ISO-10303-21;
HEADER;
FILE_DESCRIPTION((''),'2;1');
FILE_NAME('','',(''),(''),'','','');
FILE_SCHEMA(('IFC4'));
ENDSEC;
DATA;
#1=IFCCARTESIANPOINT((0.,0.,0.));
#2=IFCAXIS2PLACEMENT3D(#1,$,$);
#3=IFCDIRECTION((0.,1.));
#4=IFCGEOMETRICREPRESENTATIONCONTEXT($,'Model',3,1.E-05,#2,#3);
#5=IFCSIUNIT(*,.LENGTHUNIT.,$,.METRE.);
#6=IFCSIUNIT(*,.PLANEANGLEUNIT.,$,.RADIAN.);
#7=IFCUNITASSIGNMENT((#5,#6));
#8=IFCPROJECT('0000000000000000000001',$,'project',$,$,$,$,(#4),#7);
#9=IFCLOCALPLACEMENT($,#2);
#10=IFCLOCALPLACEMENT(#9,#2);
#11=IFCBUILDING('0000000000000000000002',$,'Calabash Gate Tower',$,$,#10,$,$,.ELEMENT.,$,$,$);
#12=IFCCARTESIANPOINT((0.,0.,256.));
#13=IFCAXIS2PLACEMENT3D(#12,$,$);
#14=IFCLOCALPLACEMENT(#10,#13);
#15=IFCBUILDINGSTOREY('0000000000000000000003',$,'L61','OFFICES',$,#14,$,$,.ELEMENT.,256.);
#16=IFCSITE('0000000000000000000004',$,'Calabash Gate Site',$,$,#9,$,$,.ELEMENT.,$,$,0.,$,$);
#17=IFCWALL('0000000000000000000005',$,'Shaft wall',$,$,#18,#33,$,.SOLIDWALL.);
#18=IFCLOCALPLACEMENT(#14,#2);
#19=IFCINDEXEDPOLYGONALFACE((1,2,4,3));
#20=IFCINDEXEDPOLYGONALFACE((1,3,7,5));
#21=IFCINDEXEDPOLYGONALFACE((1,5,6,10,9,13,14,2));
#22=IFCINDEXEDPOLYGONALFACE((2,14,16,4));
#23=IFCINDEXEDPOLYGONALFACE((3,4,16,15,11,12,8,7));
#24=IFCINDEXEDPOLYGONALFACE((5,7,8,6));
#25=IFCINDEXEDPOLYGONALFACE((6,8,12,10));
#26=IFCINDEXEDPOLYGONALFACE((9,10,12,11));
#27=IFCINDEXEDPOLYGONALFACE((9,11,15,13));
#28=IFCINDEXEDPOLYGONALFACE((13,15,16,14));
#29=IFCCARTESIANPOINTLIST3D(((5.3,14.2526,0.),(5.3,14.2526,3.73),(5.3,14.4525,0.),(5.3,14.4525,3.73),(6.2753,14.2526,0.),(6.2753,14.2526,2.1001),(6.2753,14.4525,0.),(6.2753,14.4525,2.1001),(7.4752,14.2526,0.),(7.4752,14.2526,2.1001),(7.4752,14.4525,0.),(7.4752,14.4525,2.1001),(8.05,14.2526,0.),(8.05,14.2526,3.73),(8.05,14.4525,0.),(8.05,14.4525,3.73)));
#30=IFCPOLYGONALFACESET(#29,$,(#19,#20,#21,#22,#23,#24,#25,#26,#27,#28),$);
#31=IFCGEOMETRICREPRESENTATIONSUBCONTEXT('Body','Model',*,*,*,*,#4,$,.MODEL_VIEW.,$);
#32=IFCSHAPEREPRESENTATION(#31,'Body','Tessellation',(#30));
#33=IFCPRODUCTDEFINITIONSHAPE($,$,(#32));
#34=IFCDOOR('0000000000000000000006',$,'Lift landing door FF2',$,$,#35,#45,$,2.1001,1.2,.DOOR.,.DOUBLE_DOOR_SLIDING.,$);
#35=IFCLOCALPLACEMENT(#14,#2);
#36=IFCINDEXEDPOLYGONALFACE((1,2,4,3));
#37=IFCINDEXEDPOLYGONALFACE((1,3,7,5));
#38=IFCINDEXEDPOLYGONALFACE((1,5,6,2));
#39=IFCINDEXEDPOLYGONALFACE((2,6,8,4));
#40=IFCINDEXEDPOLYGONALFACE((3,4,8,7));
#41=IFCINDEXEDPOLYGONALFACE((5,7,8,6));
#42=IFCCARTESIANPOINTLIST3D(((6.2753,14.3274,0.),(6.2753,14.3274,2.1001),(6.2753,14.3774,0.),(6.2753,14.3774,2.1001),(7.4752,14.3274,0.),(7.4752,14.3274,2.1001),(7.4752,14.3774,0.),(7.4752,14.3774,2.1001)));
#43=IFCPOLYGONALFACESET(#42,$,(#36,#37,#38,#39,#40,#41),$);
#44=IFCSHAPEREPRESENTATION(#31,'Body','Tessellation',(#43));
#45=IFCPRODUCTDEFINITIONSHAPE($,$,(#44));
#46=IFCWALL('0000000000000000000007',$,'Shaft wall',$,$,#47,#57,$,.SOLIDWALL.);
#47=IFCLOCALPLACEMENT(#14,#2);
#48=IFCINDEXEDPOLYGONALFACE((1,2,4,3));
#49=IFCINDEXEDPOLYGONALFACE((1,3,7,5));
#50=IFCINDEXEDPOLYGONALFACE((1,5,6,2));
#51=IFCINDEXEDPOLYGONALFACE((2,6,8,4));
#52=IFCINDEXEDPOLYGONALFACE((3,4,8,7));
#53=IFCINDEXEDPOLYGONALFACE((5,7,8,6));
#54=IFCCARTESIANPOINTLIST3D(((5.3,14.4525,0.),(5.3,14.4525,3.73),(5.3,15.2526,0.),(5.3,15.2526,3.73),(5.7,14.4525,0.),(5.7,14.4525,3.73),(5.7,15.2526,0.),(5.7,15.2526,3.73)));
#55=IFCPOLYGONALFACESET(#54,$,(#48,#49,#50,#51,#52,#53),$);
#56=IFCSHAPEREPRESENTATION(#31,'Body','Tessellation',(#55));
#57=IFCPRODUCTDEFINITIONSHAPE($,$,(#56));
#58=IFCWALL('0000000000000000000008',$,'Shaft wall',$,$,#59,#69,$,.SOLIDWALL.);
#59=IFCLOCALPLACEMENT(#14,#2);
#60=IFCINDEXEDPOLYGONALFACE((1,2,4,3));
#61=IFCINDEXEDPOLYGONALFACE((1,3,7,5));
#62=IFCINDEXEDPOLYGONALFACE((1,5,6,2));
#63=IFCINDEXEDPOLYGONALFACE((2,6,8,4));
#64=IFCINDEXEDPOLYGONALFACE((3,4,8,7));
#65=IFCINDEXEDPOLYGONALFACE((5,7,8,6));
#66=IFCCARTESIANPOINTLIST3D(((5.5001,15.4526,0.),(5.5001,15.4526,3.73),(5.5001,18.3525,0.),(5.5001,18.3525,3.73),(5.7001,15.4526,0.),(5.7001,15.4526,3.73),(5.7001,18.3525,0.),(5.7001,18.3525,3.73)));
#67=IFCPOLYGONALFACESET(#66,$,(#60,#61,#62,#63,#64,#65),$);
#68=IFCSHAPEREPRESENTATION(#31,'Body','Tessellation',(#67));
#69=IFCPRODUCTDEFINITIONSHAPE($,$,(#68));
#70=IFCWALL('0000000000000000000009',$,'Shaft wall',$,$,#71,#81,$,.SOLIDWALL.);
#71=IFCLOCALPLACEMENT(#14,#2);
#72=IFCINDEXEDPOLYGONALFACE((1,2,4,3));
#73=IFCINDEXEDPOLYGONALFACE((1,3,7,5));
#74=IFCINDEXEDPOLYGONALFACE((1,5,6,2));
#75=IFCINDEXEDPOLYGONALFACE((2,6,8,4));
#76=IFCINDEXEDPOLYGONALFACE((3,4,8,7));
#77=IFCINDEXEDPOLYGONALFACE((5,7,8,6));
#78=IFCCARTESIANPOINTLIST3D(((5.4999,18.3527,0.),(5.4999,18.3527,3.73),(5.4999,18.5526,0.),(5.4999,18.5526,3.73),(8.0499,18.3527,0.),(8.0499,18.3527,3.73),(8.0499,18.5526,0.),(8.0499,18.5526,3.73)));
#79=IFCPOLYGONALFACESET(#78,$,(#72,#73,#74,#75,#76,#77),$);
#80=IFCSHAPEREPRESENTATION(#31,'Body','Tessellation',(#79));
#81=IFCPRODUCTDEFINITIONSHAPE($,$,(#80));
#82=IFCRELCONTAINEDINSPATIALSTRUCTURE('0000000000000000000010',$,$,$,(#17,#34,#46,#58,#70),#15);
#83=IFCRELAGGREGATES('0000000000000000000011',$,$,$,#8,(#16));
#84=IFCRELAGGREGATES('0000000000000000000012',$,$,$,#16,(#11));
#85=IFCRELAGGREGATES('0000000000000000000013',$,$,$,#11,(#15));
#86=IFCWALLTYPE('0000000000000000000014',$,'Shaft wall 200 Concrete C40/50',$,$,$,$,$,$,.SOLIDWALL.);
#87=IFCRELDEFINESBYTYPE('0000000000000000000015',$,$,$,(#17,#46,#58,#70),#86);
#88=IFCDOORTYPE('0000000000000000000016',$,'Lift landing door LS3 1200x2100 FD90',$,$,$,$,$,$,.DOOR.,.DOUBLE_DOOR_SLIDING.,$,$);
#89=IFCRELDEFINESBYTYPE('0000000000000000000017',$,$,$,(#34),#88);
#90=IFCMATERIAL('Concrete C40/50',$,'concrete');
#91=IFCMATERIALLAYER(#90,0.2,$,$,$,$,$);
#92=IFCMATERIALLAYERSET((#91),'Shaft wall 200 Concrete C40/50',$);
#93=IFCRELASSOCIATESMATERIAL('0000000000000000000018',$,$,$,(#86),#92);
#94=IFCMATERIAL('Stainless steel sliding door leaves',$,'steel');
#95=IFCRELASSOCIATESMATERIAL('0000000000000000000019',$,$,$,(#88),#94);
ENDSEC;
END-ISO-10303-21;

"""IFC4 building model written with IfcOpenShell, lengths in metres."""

from ifc_helpers import new_model, si_unit, direction, frame, frame_2d, origin, place, context, subcontext, project, spatial, rectangle, extrude, material, layer, layer_set, type_object, element, fill, save


model = new_model("IFC4")

# Units and contexts
model_context = context("Model", 3, precision=1e-05, world=origin(), true_north=direction((0.0, 1.0)))
body_context = subcontext(model_context, "Body", "Model", "MODEL_VIEW")
ifc_project = project(units=[si_unit("LENGTHUNIT", "METRE"), si_unit("PLANEANGLEUNIT", "RADIAN")], contexts=[model_context])

# Site, building, storey
site_placement = place(None, origin())
site = spatial("IfcSite", under=ifc_project, at=site_placement, Name="Calabash Gate Site", CompositionType="ELEMENT", RefElevation=0.0)
building_placement = place(site_placement, origin())
building = spatial("IfcBuilding", under=site, at=building_placement, Name="Calabash Gate Tower", CompositionType="ELEMENT")
storey_placement = place(building_placement, frame((0.0, 0.0, 256.0)))
storey = spatial("IfcBuildingStorey", under=building, at=storey_placement, Name="L61", Description="OFFICES", CompositionType="ELEMENT", Elevation=256.0)

# Shared definitions
ifc_material_1 = material(Name="Concrete C40/50", Category="concrete")
ifc_layer_1 = layer(ifc_material_1, 0.2)
ifc_layer_set_1 = layer_set([ifc_layer_1], Name="Shaft wall 200 Concrete C40/50")
wall_type_1 = type_object("IfcWallType", Name="Shaft wall 200 Concrete C40/50", PredefinedType="SOLIDWALL", material=ifc_layer_set_1)

# Wall, opening, door
wall_1_placement = place(storey_placement, frame((5.3, 14.3525, 0.0), z_axis=(0.0, 0.0, 1.0), x_axis=(1.0, 0.0, 0.0)))
wall_1 = element("IfcWall", 1, at=wall_1_placement, inside=storey, type_object=wall_type_1, Name="Shaft wall", PredefinedType="SOLIDWALL", context=body_context, shape_type="SweptSolid", body=[
    extrude(rectangle(XDim=2.75, YDim=0.2, at=frame_2d((1.375, 0.0))), origin(), (0.0, 0.0, 1.0), 3.73),
])
opening_1_placement = place(wall_1_placement, frame((0.9751, 0.0, 0.0)))
opening_1 = element("IfcOpeningElement", 2, at=opening_1_placement, cuts=wall_1, PredefinedType="OPENING", context=body_context, shape_type="SweptSolid", body=[
    extrude(rectangle(XDim=1.2, YDim=2.1001, at=frame_2d((0.6001, 1.05))), frame((0.0, 0.1099, 0.0), z_axis=(0.0, -1.0, 0.0), x_axis=(1.0, 0.0, 0.0)), (0.0, 0.0, 1.0), 0.22),
])
ifc_material_2 = material(Name="Stainless steel sliding door leaves", Category="steel")
door_type_1 = type_object("IfcDoorType", Name="Lift landing door LS3 1200x2100 FD90", OperationType="DOUBLE_DOOR_SLIDING", PredefinedType="DOOR", material=ifc_material_2)
door_1_placement = place(opening_1_placement, origin())
door_1 = element("IfcDoor", 3, at=door_1_placement, inside=storey, type_object=door_type_1, Name="Lift landing door FF2", OperationType="DOUBLE_DOOR_SLIDING", OverallHeight=2.1001, OverallWidth=1.2, PredefinedType="DOOR", context=body_context, shape_type="SweptSolid", body=[
    extrude(rectangle(XDim=1.2, YDim=2.1001, at=frame_2d((0.6001, 1.05))), frame((0.0, 0.0249, 0.0), z_axis=(0.0, -1.0, 0.0), x_axis=(1.0, 0.0, 0.0)), (0.0, 0.0, 1.0), 0.05),
])
fill(opening_1, door_1)

# Walls
wall_2_placement = place(storey_placement, frame((5.5, 14.4526, 0.0), z_axis=(0.0, 0.0, 1.0), x_axis=(0.0, 1.0, 0.0)))
element("IfcWall", 4, at=wall_2_placement, inside=storey, type_object=wall_type_1, Name="Shaft wall", PredefinedType="SOLIDWALL", context=body_context, shape_type="SweptSolid", body=[
    extrude(rectangle(XDim=0.8, YDim=0.3999, at=frame_2d((0.3999, 0.0))), origin(), (0.0, 0.0, 1.0), 3.73),
])
wall_3_placement = place(storey_placement, frame((5.6001, 15.4526, 0.0), z_axis=(0.0, 0.0, 1.0), x_axis=(0.0, 1.0, 0.0)))
element("IfcWall", 5, at=wall_3_placement, inside=storey, type_object=wall_type_1, Name="Shaft wall", PredefinedType="SOLIDWALL", context=body_context, shape_type="SweptSolid", body=[
    extrude(rectangle(XDim=2.8999, YDim=0.2, at=frame_2d((1.45, 0.0))), origin(), (0.0, 0.0, 1.0), 3.73),
])
wall_4_placement = place(storey_placement, frame((5.5, 18.4526, 0.0), z_axis=(0.0, 0.0, 1.0), x_axis=(1.0, 0.0, 0.0)))
element("IfcWall", 6, at=wall_4_placement, inside=storey, type_object=wall_type_1, Name="Shaft wall", PredefinedType="SOLIDWALL", context=body_context, shape_type="SweptSolid", body=[
    extrude(rectangle(XDim=2.55, YDim=0.2, at=frame_2d((1.2749, 0.0))), origin(), (0.0, 0.0, 1.0), 3.73),
])

save(model, "model.ifc")
